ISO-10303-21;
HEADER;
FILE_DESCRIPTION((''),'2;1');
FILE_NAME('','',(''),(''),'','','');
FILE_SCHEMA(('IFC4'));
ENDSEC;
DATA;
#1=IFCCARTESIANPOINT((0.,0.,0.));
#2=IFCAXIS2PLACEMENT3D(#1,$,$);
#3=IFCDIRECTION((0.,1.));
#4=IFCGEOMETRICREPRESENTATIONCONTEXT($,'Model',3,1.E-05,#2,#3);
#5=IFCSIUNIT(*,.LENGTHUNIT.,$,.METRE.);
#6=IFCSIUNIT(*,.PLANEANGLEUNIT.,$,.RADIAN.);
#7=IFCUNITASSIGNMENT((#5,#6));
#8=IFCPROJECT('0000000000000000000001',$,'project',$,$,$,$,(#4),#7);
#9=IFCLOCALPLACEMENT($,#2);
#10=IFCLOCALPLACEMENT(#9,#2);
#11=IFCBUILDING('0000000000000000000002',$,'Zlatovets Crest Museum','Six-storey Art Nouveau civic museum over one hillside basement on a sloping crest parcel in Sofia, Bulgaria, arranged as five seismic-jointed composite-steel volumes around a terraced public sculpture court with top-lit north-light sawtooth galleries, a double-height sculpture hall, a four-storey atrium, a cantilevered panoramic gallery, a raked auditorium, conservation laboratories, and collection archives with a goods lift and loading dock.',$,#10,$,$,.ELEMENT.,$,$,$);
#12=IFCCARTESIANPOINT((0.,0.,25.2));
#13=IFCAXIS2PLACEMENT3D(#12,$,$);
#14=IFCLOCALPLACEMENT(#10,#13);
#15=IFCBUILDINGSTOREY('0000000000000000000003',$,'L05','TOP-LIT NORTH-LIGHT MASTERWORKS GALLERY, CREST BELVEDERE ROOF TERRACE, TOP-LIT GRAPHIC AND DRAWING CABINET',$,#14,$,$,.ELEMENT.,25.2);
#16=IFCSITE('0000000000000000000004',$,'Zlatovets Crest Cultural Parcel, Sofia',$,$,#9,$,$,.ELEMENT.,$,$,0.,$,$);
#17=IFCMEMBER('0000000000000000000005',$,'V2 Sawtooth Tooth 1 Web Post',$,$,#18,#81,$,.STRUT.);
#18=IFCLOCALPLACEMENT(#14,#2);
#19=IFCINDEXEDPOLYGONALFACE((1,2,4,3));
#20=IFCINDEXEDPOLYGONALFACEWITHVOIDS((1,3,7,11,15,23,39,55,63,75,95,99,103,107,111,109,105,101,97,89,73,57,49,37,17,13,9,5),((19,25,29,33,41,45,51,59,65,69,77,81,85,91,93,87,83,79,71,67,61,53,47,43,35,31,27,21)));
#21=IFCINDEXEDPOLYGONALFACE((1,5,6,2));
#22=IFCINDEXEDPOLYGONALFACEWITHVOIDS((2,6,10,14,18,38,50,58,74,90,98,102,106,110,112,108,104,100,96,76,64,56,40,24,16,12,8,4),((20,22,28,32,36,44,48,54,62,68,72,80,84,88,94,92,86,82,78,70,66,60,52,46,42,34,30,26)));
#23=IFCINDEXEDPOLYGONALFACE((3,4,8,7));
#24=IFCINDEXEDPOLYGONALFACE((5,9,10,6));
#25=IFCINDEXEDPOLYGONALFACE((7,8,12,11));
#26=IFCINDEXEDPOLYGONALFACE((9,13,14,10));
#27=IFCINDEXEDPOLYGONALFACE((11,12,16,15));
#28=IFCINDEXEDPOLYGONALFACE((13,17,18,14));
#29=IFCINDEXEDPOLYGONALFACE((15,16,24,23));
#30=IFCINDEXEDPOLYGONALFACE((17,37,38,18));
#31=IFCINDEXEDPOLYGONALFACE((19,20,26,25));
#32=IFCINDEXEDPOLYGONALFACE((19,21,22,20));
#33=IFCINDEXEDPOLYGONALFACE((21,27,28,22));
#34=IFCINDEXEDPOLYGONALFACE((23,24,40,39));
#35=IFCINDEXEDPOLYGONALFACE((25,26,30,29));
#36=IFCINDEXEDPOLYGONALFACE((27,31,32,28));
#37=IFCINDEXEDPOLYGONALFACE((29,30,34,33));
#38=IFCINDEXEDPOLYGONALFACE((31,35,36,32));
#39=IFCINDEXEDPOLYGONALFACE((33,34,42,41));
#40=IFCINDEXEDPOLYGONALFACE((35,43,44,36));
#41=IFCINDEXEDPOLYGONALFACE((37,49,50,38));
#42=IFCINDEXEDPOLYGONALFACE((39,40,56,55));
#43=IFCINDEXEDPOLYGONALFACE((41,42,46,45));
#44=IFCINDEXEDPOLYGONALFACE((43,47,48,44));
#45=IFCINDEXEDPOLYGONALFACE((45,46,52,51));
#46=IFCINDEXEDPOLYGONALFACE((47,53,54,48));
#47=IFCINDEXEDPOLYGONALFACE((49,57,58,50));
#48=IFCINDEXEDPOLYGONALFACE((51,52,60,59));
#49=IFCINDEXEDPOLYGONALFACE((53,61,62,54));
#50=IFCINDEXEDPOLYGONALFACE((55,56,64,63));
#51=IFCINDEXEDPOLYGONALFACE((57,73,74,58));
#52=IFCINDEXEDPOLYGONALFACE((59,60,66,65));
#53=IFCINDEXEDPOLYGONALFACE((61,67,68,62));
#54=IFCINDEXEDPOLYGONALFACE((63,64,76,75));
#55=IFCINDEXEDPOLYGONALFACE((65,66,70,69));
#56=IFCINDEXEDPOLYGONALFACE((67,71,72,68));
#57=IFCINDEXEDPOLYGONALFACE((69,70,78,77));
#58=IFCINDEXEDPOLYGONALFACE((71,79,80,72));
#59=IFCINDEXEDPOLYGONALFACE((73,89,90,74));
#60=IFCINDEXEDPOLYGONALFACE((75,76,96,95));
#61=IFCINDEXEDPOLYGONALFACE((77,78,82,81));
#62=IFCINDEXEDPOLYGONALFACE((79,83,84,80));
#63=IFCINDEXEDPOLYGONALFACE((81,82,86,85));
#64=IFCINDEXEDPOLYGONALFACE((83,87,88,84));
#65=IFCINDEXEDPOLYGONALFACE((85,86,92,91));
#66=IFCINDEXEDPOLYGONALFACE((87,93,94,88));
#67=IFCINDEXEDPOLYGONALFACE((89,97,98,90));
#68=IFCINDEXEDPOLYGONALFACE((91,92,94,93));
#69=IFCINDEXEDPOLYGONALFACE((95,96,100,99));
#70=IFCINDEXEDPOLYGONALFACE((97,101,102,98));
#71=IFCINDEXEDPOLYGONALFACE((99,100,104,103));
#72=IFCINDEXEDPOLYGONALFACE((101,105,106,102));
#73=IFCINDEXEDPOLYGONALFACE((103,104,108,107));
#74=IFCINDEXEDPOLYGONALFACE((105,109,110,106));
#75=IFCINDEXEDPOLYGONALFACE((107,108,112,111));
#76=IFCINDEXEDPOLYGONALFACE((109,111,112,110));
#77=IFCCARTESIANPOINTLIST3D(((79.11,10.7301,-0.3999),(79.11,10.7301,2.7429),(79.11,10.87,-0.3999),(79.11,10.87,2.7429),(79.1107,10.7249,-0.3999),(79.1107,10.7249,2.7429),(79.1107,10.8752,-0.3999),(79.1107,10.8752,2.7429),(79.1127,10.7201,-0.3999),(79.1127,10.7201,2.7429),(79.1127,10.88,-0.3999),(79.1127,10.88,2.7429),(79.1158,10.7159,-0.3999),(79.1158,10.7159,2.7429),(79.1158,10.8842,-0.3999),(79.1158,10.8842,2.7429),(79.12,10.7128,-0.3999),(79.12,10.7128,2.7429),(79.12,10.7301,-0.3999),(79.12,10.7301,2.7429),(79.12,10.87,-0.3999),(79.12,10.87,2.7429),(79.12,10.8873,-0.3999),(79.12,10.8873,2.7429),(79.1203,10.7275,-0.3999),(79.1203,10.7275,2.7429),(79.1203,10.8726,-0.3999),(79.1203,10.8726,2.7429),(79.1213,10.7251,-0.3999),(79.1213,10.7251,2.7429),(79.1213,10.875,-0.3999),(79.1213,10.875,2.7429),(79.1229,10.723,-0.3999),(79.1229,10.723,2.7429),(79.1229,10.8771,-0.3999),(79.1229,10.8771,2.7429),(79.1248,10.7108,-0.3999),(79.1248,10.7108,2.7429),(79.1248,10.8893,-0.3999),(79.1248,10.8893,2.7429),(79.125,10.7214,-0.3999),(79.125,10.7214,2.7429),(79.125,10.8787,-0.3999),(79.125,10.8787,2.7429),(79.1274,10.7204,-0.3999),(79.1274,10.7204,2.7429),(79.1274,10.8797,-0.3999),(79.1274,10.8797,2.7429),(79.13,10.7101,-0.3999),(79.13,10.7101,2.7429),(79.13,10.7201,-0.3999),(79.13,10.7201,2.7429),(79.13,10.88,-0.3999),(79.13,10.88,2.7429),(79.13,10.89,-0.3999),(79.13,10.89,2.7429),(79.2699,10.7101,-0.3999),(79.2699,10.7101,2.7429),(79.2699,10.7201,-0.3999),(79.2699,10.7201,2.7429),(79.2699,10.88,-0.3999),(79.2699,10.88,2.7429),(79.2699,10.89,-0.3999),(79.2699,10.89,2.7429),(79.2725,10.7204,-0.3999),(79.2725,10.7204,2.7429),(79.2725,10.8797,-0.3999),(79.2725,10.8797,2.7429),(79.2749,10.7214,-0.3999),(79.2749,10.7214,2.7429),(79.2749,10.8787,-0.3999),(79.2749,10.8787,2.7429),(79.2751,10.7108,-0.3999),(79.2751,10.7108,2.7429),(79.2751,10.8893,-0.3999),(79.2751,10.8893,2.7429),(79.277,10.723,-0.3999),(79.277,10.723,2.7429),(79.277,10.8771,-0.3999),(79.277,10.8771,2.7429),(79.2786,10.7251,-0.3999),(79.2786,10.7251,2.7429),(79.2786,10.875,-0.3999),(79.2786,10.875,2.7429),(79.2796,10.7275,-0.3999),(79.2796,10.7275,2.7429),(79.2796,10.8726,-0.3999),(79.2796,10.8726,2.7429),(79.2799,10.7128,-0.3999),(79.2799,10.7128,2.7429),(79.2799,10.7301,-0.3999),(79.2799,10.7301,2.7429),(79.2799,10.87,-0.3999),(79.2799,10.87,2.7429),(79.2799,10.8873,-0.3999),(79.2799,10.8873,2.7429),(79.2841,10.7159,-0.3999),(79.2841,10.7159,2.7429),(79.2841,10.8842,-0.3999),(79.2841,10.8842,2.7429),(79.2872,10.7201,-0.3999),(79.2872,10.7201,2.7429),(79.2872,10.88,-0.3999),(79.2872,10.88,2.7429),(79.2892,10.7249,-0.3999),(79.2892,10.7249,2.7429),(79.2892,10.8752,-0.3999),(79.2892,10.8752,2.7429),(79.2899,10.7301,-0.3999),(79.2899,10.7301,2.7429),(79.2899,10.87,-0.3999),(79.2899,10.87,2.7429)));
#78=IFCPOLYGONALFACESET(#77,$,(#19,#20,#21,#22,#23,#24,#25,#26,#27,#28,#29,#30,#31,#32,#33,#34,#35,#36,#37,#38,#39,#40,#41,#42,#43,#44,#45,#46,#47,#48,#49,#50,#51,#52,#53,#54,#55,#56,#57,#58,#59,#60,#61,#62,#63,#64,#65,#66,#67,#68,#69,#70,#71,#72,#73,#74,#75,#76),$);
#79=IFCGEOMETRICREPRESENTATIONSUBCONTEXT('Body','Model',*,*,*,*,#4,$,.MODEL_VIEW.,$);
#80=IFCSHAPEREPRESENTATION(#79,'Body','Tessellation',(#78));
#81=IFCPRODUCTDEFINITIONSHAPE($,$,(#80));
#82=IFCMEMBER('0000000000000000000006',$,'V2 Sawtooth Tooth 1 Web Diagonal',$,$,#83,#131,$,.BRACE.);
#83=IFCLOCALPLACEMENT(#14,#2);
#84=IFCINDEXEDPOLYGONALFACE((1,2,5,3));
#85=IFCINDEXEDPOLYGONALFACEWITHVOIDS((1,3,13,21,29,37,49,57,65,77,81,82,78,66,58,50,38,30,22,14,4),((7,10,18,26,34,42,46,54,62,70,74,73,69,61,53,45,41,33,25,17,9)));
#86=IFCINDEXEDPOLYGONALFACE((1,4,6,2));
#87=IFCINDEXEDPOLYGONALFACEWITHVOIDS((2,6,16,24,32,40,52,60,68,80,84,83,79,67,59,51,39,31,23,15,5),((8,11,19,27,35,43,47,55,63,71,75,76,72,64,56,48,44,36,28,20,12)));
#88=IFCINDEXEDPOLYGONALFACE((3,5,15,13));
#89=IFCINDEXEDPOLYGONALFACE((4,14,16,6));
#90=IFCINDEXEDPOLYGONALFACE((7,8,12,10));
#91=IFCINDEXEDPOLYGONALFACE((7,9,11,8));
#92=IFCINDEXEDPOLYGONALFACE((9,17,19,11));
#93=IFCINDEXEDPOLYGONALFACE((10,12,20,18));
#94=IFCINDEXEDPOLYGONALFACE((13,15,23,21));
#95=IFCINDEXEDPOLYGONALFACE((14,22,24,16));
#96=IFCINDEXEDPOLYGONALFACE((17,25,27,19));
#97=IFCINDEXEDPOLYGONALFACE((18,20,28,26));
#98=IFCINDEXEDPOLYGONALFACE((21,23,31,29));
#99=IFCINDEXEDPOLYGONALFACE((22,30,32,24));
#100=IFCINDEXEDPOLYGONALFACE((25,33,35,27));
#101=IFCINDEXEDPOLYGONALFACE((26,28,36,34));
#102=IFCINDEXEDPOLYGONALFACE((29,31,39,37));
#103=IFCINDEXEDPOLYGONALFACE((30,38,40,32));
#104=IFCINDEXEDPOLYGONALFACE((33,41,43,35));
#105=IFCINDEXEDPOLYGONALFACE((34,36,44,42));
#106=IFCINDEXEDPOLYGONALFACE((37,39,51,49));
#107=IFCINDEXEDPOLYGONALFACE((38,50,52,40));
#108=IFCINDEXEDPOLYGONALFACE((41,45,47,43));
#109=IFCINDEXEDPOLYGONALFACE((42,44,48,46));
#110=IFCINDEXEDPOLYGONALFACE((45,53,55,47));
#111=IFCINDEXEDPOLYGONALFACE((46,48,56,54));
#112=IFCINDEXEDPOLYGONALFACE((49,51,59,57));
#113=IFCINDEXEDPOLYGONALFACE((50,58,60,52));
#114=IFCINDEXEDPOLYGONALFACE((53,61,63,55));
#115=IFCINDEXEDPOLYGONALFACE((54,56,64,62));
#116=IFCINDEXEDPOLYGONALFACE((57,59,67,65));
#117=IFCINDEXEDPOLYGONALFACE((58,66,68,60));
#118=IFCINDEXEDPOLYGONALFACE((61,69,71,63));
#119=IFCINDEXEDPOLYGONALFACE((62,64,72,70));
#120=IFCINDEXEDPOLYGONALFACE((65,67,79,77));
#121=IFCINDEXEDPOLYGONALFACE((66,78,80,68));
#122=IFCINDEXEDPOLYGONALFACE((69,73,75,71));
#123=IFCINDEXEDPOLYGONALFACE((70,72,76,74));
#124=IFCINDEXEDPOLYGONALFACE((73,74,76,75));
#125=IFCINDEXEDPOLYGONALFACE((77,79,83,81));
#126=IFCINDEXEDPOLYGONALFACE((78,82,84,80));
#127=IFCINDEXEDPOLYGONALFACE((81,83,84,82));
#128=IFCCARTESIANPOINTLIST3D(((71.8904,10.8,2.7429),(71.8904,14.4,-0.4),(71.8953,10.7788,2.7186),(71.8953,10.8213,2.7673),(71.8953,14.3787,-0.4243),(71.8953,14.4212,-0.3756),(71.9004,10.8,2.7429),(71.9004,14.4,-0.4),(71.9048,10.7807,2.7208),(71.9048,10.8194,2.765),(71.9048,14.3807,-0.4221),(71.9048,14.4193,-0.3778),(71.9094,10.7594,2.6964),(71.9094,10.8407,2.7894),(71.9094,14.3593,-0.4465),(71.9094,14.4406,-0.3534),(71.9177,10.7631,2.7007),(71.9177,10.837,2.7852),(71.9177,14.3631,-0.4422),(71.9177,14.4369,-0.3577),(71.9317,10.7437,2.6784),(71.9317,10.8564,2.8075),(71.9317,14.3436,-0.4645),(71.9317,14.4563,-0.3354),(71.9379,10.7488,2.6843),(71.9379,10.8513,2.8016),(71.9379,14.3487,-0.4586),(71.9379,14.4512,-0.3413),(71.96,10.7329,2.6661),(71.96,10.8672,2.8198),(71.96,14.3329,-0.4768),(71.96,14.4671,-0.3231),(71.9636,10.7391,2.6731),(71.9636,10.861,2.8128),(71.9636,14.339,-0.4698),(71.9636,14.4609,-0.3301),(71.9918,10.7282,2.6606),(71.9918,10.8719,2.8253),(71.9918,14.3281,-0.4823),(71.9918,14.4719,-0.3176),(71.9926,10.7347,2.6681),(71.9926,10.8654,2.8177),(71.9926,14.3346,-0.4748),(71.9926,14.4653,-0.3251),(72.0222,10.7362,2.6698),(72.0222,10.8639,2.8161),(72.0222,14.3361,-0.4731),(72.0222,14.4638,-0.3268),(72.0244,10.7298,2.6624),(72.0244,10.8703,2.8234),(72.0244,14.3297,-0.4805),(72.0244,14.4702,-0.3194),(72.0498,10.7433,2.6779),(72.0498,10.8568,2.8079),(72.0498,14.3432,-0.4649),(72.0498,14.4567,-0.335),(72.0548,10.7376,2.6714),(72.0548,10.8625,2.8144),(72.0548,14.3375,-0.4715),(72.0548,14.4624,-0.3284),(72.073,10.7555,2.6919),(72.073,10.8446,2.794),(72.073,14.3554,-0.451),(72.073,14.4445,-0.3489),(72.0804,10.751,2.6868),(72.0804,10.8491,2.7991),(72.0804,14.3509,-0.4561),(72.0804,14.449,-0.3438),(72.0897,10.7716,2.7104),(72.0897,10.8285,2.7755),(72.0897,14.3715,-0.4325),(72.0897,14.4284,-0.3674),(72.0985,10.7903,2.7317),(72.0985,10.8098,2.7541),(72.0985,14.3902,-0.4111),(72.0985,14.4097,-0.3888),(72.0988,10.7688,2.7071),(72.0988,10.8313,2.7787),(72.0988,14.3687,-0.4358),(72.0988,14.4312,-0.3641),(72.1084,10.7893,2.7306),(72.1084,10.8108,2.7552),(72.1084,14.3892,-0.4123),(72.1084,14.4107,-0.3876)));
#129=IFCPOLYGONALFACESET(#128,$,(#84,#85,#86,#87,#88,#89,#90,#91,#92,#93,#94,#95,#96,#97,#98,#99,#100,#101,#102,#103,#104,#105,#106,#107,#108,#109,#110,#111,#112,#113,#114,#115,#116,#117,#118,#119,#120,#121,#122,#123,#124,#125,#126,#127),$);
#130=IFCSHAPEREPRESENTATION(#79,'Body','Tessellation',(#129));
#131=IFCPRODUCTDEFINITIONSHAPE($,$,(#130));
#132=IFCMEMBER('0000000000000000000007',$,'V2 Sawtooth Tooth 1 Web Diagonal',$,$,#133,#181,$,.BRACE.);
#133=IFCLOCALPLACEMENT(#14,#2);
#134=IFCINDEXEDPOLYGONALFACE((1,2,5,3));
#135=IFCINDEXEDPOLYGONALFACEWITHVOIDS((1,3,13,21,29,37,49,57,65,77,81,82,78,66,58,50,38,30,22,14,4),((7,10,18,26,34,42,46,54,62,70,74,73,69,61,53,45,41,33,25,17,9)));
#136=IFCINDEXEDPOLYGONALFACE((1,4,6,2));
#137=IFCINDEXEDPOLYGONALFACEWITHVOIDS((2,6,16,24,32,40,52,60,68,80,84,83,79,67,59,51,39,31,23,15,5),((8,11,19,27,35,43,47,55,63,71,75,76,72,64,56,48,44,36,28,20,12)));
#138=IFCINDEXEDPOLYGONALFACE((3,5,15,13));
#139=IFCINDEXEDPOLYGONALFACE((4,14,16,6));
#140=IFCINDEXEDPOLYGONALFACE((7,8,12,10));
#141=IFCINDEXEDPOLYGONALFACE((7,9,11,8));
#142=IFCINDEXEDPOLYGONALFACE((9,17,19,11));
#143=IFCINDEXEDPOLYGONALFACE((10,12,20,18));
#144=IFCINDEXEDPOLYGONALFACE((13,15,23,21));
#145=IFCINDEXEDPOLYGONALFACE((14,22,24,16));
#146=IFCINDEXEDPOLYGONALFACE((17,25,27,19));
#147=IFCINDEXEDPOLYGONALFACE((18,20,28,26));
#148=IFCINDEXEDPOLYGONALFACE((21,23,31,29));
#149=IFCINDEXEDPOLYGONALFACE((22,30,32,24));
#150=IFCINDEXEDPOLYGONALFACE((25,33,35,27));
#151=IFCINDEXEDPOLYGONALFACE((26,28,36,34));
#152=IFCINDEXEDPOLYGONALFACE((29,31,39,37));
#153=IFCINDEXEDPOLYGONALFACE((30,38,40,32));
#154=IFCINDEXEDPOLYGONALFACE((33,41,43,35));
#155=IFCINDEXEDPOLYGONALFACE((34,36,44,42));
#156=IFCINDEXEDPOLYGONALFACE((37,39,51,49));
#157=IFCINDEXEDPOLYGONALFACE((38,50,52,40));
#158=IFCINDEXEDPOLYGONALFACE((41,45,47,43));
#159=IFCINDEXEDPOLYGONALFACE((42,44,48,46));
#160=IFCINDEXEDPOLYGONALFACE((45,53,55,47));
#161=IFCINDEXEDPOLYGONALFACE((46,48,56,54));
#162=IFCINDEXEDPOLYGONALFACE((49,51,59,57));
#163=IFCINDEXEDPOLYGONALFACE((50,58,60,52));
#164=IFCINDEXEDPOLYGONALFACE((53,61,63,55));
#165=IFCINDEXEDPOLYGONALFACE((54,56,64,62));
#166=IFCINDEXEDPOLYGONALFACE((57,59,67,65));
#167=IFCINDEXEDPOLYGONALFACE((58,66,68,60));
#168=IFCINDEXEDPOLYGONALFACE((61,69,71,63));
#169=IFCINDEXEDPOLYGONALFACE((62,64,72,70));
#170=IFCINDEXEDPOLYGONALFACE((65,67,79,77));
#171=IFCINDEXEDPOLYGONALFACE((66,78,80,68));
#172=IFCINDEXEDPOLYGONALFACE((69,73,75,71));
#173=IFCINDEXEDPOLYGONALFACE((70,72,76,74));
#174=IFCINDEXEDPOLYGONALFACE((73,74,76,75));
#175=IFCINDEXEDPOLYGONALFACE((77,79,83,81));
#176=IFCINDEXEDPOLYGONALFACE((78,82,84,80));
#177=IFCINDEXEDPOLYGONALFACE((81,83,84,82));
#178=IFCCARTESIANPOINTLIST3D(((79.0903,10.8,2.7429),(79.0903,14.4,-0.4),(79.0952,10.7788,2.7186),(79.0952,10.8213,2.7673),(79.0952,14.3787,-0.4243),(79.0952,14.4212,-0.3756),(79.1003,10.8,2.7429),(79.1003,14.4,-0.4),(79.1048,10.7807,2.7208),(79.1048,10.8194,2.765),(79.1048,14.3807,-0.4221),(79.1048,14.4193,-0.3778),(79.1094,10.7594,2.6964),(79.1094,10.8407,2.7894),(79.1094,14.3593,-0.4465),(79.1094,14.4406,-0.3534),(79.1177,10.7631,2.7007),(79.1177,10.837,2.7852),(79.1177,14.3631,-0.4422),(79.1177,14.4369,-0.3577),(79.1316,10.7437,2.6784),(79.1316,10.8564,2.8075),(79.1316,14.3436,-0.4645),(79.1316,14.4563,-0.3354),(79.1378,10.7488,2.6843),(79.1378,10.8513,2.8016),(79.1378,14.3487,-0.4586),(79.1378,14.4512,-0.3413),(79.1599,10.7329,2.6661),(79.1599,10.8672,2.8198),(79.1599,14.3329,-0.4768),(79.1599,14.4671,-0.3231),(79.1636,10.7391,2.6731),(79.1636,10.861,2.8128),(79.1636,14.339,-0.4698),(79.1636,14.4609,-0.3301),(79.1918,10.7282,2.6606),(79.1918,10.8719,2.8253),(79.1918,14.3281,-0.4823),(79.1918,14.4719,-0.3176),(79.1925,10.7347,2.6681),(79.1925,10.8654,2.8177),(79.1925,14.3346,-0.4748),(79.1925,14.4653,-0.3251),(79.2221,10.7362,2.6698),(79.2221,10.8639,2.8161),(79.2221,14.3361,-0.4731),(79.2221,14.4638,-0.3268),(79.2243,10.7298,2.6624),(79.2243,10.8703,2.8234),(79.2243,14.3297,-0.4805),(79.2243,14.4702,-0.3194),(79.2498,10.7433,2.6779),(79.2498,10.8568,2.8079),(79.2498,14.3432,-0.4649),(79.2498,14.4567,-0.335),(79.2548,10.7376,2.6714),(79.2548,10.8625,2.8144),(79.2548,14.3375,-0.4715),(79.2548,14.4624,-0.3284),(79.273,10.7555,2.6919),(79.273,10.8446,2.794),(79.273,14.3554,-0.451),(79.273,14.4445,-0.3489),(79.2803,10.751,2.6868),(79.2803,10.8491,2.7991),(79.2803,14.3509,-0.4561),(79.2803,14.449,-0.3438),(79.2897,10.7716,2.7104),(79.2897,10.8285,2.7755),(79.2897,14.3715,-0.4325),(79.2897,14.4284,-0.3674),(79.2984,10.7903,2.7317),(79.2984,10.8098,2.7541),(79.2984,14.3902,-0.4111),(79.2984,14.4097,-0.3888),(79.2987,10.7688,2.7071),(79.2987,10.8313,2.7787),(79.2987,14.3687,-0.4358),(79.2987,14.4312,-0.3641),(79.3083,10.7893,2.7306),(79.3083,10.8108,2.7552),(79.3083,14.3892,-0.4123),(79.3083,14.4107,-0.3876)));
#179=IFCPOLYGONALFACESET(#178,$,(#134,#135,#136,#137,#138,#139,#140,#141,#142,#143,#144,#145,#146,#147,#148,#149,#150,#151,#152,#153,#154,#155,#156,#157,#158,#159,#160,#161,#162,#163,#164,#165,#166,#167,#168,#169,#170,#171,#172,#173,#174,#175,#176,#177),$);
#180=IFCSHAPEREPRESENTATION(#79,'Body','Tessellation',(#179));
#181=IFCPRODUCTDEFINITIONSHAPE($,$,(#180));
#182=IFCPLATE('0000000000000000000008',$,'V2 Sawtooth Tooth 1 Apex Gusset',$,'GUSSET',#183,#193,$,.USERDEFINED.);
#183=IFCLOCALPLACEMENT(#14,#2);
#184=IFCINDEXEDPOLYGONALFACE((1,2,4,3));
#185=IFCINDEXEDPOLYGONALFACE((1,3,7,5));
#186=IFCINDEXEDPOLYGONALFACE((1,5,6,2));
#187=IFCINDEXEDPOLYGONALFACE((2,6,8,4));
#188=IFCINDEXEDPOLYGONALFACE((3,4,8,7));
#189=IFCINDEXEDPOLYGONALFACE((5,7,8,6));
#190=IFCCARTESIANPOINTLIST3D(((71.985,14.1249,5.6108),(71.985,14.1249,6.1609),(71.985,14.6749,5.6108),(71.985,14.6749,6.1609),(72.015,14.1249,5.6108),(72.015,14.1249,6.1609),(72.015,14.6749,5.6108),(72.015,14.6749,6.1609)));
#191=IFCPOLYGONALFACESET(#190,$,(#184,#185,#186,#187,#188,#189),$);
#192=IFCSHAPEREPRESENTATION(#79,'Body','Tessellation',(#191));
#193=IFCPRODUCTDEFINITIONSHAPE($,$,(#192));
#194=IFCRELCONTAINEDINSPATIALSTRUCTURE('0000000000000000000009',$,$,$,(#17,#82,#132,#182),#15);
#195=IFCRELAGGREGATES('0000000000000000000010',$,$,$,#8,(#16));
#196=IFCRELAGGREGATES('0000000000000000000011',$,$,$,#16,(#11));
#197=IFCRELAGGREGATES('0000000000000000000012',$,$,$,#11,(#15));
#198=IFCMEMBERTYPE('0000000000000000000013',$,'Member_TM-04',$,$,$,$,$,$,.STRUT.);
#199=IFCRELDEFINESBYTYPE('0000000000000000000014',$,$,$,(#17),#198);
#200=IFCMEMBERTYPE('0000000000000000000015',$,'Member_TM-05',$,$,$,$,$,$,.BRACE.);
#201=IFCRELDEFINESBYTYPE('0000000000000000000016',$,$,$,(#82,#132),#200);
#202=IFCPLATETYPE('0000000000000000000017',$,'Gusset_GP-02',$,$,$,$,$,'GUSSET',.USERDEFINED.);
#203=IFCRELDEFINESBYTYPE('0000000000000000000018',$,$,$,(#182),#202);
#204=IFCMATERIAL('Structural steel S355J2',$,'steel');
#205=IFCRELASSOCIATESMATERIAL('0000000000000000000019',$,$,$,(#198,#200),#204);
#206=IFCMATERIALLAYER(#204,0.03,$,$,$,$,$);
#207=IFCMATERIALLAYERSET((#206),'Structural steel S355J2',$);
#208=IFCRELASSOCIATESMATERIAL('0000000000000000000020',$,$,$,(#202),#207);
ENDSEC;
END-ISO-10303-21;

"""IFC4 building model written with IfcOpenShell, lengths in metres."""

from ifc_helpers import new_model, si_unit, direction, frame, origin, origin_2d, place, context, subcontext, project, spatial, rectangle, hollow_rectangle, hollow_circle, extrude, material, layer, layer_set, material_profile, profile_set, type_object, element, save


model = new_model("IFC4")

# Units and contexts
model_context = context("Model", 3, precision=1e-05, world=origin(), true_north=direction((0.0, 1.0)))
body_context = subcontext(model_context, "Body", "Model", "MODEL_VIEW")
ifc_project = project(units=[si_unit("LENGTHUNIT", "METRE"), si_unit("PLANEANGLEUNIT", "RADIAN")], contexts=[model_context])

# Site, building, storey
site_placement = place(None, origin())
site = spatial("IfcSite", under=ifc_project, at=site_placement, Name="Zlatovets Crest Cultural Parcel, Sofia", CompositionType="ELEMENT", RefElevation=0.0)
building_placement = place(site_placement, origin())
building = spatial("IfcBuilding", under=site, at=building_placement, Name="Zlatovets Crest Museum", Description="Six-storey Art Nouveau civic museum over one hillside basement on a sloping crest parcel in Sofia, Bulgaria, arranged as five seismic-jointed composite-steel volumes around a terraced public sculpture court with top-lit north-light sawtooth galleries, a double-height sculpture hall, a four-storey atrium, a cantilevered panoramic gallery, a raked auditorium, conservation laboratories, and collection archives with a goods lift and loading dock.", CompositionType="ELEMENT")
storey_placement = place(building_placement, frame((0.0, 0.0, 25.2)))
storey = spatial("IfcBuildingStorey", under=building, at=storey_placement, Name="L05", Description="TOP-LIT NORTH-LIGHT MASTERWORKS GALLERY, CREST BELVEDERE ROOF TERRACE, TOP-LIT GRAPHIC AND DRAWING CABINET", CompositionType="ELEMENT", Elevation=25.2)

# Shared definitions
ifc_material_1 = material(Name="Structural steel S355J2", Category="steel")

# Members
ifc_material_profile_1 = material_profile(ifc_material_1, hollow_rectangle(XDim=0.1799, YDim=0.1799, WallThickness=0.01, InnerFilletRadius=0.01, OuterFilletRadius=0.02, at=origin_2d()), Name="SHS 180x180x10.0")
ifc_profile_set_1 = profile_set([ifc_material_profile_1], Name="Structural steel S355J2")
member_type_1 = type_object("IfcMemberType", Name="Member_TM-04", PredefinedType="STRUT", material=ifc_profile_set_1)
for number, where, z_axis, x_axis, name in (
    (1, (79.2, 10.8, -0.3999), (0.0, 0.0, 1.0), (1.0, 0.0, 0.0), "V2 Sawtooth Tooth 1 Web Post"),
):
    element("IfcMember", number, at=place(storey_placement, frame(where, z_axis=z_axis, x_axis=x_axis)), inside=storey, type_object=member_type_1, Name=name, PredefinedType="STRUT", context=body_context, shape_type="SweptSolid", body=[
        extrude(hollow_rectangle(XDim=0.1799, YDim=0.1799, WallThickness=0.01, InnerFilletRadius=0.01, OuterFilletRadius=0.02, at=origin_2d()), origin(), (0.0, 0.0, 1.0), 3.1428),
    ])
ifc_material_profile_2 = material_profile(ifc_material_1, hollow_circle(Radius=0.1096, WallThickness=0.01, at=origin_2d()), Name="CHS 219.1x10.0")
ifc_profile_set_2 = profile_set([ifc_material_profile_2], Name="Structural steel S355J2")
member_type_2 = type_object("IfcMemberType", Name="Member_TM-05", PredefinedType="BRACE", material=ifc_profile_set_2)
for number, where, z_axis, x_axis, name in (
    (2, (72.0, 10.8, 2.7429), (0.0, 0.753307, -0.657669), (-1.0, 0.0, 0.0), "V2 Sawtooth Tooth 1 Web Diagonal"),
    (3, (79.2, 10.8, 2.7429), (0.0, 0.753307, -0.657669), (-1.0, 0.0, 0.0), "V2 Sawtooth Tooth 1 Web Diagonal"),
):
    element("IfcMember", number, at=place(storey_placement, frame(where, z_axis=z_axis, x_axis=x_axis)), inside=storey, type_object=member_type_2, Name=name, PredefinedType="BRACE", context=body_context, shape_type="SweptSolid", body=[
        extrude(hollow_circle(Radius=0.1096, WallThickness=0.01, at=origin_2d()), origin(), (0.0, 0.0, 1.0), 4.7788),
    ])

# Plate
ifc_layer_1 = layer(ifc_material_1, 0.03)
ifc_layer_set_1 = layer_set([ifc_layer_1], Name="Structural steel S355J2")
plate_type = type_object("IfcPlateType", Name="Gusset_GP-02", ElementType="GUSSET", PredefinedType="USERDEFINED", material=ifc_layer_set_1)
plate_placement = place(storey_placement, frame((72.0, 14.3999, 5.6108), z_axis=(0.0, 0.0, 1.0), x_axis=(1.0, 0.0, 0.0)))
element("IfcPlate", 4, at=plate_placement, inside=storey, type_object=plate_type, Name="V2 Sawtooth Tooth 1 Apex Gusset", ObjectType="GUSSET", PredefinedType="USERDEFINED", context=body_context, shape_type="SweptSolid", body=[
    extrude(rectangle(XDim=0.03, YDim=0.55, at=origin_2d()), origin(), (0.0, 0.0, 1.0), 0.55),
])

save(model, "model.ifc")
